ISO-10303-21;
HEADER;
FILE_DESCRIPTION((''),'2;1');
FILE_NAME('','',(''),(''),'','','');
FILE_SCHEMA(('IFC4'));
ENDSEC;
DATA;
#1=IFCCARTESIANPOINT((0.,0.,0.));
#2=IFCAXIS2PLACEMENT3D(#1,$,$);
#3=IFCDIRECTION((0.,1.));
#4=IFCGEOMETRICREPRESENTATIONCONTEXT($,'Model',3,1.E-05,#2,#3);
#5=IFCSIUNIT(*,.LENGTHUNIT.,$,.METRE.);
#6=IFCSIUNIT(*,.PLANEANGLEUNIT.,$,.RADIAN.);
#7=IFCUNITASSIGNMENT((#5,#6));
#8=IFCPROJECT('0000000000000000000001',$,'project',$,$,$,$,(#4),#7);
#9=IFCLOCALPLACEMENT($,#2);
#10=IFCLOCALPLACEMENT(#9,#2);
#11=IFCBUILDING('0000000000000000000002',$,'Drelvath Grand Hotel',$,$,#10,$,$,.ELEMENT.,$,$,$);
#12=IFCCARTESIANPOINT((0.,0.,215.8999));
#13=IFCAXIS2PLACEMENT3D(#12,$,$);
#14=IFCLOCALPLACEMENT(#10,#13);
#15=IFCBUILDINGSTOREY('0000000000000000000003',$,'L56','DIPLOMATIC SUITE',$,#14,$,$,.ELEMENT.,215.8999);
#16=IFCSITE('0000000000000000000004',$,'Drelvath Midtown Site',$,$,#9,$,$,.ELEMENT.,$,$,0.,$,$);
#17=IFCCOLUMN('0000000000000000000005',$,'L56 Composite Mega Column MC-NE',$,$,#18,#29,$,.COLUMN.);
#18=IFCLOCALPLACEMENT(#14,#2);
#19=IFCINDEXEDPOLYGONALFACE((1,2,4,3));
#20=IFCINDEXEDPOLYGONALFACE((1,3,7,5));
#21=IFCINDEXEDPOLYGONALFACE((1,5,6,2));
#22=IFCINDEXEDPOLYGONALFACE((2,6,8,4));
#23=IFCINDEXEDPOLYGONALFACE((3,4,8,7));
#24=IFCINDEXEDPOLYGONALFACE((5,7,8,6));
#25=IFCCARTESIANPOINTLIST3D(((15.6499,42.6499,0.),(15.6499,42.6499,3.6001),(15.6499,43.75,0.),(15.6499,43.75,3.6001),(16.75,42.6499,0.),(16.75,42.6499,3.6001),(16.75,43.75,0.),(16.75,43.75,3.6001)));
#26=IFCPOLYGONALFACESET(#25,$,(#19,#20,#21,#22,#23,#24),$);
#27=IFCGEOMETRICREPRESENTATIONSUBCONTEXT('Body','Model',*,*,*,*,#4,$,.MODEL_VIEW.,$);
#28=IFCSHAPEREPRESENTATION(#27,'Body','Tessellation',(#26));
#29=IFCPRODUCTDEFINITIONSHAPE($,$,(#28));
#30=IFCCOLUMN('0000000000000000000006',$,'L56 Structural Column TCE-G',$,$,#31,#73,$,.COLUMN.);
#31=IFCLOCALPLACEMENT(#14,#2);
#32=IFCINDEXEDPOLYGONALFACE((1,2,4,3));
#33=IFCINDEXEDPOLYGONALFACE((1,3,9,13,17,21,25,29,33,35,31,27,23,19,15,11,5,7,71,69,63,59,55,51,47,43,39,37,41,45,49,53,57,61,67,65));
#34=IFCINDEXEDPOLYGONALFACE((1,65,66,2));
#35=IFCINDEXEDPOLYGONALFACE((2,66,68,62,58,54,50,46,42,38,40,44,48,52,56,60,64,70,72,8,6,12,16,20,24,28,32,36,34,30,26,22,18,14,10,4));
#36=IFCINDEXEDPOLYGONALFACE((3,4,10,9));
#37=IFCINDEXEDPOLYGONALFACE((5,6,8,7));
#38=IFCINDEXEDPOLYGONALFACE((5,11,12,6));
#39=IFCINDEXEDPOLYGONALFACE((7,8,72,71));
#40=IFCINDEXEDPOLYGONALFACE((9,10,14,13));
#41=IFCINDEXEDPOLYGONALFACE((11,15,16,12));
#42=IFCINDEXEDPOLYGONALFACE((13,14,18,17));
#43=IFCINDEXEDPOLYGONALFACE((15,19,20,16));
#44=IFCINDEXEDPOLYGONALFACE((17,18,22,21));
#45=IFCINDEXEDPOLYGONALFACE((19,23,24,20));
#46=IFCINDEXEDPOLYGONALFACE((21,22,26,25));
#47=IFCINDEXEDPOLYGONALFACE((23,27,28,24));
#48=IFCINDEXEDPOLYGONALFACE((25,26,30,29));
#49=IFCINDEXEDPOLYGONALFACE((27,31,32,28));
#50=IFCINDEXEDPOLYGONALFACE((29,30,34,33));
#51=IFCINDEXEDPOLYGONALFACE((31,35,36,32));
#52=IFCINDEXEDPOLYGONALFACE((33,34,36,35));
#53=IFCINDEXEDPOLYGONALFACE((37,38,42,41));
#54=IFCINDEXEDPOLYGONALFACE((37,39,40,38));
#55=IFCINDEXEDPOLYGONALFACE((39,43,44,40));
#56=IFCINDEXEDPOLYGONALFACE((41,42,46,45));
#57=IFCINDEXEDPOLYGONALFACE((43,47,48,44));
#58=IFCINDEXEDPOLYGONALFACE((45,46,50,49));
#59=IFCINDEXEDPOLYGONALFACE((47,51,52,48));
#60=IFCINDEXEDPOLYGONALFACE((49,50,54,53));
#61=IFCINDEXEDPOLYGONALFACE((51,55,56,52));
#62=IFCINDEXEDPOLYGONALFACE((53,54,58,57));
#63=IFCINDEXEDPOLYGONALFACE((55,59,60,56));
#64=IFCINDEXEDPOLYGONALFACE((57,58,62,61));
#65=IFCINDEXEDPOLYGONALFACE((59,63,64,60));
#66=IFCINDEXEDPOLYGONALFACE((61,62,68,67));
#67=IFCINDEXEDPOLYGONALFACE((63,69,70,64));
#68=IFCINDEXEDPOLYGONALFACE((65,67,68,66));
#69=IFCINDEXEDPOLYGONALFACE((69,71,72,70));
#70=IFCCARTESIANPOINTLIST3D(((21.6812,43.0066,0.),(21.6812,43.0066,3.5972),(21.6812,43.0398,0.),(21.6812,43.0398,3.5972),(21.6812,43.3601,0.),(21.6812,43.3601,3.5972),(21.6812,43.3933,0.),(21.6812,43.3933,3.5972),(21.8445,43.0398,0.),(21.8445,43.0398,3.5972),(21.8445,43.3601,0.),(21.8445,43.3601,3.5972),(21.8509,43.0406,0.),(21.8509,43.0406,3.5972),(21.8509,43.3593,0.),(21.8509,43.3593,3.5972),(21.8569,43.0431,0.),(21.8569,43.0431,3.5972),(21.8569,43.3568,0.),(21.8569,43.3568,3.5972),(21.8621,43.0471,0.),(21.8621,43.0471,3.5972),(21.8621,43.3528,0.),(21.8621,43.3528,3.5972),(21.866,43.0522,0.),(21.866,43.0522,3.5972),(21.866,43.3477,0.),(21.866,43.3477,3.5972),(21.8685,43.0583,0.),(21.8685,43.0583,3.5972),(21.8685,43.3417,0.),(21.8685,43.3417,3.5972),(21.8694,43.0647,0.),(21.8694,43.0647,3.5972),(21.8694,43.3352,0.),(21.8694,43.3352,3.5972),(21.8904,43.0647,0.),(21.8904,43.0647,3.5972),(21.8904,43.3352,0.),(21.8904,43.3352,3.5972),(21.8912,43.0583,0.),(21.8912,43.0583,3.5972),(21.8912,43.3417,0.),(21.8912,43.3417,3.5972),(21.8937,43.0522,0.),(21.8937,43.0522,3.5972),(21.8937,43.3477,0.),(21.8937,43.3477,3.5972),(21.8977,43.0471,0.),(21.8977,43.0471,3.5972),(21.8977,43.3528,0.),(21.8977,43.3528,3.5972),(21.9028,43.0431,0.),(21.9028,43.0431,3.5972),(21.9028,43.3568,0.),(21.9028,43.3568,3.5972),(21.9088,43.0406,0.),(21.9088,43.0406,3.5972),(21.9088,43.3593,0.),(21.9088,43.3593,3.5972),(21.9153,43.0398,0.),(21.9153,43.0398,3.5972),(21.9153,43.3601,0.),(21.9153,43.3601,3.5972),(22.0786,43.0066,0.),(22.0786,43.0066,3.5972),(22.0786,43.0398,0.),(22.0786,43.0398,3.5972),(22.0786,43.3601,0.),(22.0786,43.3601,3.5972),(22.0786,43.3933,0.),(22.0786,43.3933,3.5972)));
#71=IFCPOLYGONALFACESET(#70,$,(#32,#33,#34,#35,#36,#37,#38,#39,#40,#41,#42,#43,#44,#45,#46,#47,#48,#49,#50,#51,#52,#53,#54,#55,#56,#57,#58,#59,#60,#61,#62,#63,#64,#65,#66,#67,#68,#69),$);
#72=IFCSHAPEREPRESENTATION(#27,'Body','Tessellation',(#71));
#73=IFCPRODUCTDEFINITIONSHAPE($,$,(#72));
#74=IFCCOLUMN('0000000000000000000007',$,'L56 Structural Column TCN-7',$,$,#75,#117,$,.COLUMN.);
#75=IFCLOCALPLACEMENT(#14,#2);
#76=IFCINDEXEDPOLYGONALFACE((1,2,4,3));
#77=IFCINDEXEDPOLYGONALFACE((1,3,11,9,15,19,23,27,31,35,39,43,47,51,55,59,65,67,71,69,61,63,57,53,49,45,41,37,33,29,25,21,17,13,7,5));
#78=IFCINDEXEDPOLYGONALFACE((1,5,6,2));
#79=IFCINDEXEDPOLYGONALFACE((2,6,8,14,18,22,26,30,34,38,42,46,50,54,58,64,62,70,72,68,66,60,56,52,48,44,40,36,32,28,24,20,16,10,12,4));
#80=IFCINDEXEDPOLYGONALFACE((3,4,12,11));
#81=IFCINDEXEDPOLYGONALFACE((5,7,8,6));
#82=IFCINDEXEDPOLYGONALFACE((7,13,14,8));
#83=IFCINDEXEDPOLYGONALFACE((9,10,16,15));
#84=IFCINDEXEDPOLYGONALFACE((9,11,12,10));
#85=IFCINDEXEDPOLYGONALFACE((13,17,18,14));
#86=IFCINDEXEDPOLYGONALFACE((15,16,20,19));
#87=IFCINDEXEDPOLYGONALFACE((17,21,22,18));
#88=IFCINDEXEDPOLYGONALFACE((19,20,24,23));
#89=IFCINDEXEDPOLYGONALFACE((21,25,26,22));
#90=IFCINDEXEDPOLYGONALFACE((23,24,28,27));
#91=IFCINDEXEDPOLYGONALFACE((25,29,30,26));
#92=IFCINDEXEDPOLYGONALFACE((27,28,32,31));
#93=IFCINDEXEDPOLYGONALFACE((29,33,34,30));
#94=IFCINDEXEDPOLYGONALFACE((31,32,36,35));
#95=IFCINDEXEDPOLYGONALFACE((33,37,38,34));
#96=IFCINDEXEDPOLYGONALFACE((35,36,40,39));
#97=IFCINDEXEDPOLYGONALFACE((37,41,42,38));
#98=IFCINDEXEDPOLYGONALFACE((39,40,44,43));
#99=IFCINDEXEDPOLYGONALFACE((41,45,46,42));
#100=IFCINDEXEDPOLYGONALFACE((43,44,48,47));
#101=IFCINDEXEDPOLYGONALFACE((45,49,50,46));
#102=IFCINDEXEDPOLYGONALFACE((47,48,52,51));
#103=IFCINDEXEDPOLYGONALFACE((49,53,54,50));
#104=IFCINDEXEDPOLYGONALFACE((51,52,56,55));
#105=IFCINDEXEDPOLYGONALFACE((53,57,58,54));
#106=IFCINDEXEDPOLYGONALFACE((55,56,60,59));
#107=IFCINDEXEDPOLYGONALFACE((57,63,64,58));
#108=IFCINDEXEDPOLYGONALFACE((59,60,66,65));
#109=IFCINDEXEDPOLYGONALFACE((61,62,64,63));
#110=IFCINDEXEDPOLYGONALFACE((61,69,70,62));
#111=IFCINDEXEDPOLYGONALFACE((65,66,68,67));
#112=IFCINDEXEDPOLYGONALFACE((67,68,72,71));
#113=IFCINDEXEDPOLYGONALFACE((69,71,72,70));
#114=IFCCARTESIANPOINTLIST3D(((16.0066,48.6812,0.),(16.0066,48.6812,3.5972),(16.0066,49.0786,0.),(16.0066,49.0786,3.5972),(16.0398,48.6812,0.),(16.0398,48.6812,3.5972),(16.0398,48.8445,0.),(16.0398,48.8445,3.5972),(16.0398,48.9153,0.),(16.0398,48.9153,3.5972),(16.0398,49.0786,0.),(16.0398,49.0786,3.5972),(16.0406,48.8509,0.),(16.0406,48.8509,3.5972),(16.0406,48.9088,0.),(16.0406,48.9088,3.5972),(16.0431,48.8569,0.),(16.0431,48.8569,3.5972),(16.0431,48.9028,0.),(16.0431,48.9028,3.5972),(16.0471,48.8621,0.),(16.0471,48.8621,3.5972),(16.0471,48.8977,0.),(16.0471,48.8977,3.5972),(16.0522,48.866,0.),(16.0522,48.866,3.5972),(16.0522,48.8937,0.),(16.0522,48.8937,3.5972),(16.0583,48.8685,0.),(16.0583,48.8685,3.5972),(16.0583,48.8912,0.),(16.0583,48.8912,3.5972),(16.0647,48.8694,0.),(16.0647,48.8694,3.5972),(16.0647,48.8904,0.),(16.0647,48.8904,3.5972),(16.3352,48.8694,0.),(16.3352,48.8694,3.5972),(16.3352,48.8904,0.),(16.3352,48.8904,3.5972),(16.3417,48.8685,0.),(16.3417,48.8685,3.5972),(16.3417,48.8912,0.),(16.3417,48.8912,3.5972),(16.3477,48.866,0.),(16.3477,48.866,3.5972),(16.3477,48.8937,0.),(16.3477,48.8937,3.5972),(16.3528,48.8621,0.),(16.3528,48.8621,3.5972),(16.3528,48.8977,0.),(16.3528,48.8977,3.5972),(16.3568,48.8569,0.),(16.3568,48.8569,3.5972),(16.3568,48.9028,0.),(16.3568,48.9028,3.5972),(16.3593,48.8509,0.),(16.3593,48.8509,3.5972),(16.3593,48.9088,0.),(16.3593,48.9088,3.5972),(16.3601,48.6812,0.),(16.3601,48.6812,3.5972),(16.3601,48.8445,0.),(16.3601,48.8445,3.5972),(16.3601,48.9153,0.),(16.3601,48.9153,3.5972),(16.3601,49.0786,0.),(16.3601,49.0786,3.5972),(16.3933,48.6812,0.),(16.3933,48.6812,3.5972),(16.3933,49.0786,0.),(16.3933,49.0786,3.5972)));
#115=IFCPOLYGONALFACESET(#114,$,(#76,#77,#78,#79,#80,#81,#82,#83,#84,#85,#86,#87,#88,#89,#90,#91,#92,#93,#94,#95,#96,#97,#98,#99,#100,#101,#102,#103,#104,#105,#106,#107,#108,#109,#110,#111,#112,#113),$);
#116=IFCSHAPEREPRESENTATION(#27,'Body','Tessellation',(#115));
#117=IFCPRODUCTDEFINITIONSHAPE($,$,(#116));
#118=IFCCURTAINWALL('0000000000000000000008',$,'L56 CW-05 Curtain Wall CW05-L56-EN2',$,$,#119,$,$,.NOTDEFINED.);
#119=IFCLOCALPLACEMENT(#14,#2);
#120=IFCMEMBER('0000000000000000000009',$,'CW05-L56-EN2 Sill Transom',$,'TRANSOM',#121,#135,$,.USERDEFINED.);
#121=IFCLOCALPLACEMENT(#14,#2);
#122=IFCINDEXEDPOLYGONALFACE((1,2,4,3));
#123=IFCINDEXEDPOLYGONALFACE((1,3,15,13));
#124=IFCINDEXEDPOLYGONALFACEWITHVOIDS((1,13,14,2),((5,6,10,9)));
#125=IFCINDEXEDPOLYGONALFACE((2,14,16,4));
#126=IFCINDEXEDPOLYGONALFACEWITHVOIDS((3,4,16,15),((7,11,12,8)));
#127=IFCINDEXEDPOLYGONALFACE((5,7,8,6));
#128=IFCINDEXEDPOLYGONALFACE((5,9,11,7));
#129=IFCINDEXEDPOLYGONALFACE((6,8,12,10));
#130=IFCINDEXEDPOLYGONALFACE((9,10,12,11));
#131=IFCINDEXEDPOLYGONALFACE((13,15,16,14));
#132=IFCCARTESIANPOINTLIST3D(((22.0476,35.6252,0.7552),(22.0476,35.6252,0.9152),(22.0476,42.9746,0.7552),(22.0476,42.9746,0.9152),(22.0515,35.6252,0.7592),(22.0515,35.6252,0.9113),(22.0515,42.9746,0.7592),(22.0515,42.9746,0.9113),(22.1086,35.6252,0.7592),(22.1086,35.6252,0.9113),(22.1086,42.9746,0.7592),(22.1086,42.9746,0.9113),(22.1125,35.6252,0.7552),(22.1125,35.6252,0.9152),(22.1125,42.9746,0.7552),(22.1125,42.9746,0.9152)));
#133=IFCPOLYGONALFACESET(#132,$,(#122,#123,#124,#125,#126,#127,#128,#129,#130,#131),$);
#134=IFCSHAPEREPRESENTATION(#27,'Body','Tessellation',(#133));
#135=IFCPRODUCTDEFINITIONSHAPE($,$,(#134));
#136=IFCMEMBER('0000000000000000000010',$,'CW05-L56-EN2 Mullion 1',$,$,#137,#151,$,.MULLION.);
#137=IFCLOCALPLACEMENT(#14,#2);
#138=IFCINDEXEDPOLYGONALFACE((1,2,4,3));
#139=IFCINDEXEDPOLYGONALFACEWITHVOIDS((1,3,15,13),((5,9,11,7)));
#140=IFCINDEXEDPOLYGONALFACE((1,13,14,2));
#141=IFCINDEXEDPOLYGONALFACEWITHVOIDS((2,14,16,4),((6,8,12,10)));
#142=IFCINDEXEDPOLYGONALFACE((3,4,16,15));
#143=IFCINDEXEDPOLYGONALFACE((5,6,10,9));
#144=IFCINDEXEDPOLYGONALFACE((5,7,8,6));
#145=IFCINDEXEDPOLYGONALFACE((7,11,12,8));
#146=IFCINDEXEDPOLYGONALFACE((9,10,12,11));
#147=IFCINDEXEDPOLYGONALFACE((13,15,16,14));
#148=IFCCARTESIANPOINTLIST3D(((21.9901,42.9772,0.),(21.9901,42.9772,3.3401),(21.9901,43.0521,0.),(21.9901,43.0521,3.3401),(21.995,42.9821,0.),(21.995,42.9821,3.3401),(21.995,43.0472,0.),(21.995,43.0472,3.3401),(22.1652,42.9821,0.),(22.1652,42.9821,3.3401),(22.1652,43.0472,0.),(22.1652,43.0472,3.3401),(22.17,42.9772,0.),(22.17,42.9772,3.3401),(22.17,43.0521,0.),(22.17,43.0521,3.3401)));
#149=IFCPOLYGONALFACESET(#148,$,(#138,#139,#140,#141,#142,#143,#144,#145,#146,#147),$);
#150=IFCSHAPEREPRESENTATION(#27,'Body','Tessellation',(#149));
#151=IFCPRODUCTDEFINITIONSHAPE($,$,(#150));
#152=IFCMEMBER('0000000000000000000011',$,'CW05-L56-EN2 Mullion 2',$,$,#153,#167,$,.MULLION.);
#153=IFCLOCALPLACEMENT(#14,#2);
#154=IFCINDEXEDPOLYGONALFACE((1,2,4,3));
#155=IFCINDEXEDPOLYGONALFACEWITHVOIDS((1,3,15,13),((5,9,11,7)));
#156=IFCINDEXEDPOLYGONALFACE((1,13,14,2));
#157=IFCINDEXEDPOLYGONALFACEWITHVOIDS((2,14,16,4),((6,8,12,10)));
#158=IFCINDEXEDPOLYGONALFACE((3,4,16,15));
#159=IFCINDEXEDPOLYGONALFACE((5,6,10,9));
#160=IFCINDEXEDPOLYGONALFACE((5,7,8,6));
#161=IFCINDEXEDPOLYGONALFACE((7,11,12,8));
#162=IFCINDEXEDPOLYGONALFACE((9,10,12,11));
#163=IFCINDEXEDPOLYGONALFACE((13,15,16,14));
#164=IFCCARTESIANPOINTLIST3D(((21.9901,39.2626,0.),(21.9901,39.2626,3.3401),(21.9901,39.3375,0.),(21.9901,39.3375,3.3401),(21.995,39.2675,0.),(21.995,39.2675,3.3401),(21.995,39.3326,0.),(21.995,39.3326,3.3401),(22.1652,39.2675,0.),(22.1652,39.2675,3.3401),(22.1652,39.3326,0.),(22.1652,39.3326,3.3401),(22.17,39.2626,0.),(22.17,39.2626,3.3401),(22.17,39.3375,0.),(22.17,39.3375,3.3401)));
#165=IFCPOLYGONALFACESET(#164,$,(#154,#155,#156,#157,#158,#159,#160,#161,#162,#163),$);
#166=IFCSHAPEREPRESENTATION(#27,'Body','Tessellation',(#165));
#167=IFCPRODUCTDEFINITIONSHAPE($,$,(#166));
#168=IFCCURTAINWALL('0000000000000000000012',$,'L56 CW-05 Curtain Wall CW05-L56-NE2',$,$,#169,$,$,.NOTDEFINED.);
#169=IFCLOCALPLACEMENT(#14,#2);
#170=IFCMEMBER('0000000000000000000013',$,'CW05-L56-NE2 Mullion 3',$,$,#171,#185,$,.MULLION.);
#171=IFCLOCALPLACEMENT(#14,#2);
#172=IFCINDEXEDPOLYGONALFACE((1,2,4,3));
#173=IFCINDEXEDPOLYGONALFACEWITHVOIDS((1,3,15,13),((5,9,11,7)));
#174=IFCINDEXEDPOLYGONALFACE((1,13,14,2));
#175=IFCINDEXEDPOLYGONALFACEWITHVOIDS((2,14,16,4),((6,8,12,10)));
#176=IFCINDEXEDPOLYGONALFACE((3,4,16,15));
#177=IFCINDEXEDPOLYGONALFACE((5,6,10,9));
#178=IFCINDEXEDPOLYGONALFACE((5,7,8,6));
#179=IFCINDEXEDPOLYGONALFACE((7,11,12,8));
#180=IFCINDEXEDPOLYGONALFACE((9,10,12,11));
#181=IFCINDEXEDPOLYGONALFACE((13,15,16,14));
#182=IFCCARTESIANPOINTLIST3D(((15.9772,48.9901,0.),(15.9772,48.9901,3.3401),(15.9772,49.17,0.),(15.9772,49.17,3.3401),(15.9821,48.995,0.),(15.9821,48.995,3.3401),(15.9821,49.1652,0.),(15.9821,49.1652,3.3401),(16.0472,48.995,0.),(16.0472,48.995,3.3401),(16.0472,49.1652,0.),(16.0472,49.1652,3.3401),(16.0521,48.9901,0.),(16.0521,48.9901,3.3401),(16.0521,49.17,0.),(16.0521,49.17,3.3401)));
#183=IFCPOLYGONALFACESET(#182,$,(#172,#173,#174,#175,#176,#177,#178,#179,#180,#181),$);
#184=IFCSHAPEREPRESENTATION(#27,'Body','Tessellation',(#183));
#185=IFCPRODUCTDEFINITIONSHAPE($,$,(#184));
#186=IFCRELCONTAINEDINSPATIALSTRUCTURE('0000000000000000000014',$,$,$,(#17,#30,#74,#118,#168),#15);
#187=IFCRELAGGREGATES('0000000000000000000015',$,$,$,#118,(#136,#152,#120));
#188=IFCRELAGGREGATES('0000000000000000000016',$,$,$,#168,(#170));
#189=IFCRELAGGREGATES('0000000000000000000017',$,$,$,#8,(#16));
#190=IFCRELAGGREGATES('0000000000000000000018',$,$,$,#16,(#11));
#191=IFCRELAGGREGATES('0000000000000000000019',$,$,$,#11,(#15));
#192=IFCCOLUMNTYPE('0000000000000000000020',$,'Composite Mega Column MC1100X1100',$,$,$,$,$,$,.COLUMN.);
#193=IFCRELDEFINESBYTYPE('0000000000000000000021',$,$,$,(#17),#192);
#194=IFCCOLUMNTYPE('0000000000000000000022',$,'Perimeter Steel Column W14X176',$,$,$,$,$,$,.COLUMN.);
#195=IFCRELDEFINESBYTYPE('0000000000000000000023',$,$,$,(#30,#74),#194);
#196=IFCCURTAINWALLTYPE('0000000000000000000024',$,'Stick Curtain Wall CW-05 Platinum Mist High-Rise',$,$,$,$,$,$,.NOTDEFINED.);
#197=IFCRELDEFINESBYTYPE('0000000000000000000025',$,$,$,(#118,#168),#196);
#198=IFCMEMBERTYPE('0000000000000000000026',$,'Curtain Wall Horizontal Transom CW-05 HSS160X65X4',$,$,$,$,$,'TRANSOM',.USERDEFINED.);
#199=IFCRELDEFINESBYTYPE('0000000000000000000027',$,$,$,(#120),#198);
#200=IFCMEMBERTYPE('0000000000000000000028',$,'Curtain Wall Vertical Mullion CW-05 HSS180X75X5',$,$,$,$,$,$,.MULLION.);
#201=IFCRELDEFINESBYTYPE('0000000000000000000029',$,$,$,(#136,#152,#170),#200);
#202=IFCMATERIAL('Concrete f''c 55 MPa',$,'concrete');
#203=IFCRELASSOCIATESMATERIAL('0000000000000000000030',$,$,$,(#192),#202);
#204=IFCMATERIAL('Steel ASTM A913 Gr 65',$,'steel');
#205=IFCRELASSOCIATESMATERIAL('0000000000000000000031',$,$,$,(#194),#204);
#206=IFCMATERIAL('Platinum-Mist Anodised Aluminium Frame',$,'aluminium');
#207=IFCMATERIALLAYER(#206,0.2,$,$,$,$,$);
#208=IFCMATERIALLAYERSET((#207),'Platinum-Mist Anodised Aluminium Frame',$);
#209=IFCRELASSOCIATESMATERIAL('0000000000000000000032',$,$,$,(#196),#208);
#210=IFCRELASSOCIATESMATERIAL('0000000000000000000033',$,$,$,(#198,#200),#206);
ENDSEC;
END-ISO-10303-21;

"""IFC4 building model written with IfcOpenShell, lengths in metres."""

from ifc_helpers import new_model, si_unit, direction, frame, origin, origin_2d, place, context, subcontext, project, spatial, rectangle, hollow_rectangle, i_section, extrude, material, layer, layer_set, material_profile, profile_set, type_object, element, aggregate, save


model = new_model("IFC4")

# Units and contexts
model_context = context("Model", 3, precision=1e-05, world=origin(), true_north=direction((0.0, 1.0)))
body_context = subcontext(model_context, "Body", "Model", "MODEL_VIEW")
ifc_project = project(units=[si_unit("LENGTHUNIT", "METRE"), si_unit("PLANEANGLEUNIT", "RADIAN")], contexts=[model_context])

# Site, building, storey
site_placement = place(None, origin())
site = spatial("IfcSite", under=ifc_project, at=site_placement, Name="Drelvath Midtown Site", CompositionType="ELEMENT", RefElevation=0.0)
building_placement = place(site_placement, origin())
building = spatial("IfcBuilding", under=site, at=building_placement, Name="Drelvath Grand Hotel", CompositionType="ELEMENT")
storey_placement = place(building_placement, frame((0.0, 0.0, 215.8999)))
storey = spatial("IfcBuildingStorey", under=building, at=storey_placement, Name="L56", Description="DIPLOMATIC SUITE", CompositionType="ELEMENT", Elevation=215.8999)

# Columns
ifc_material_1 = material(Name="Concrete f'c 55 MPa", Category="concrete")
ifc_material_profile_1 = material_profile(ifc_material_1, rectangle(XDim=1.1001, YDim=1.1001, at=origin_2d()), Name="MC1100X1100")
ifc_profile_set_1 = profile_set([ifc_material_profile_1], Name="Concrete f'c 55 MPa")
column_type_1 = type_object("IfcColumnType", Name="Composite Mega Column MC1100X1100", PredefinedType="COLUMN", material=ifc_profile_set_1)
column_placement = place(storey_placement, frame((16.2, 43.2, 0.0), z_axis=(0.0, 0.0, 1.0), x_axis=(1.0, 0.0, 0.0)))
element("IfcColumn", 1, at=column_placement, inside=storey, type_object=column_type_1, Name="L56 Composite Mega Column MC-NE", PredefinedType="COLUMN", context=body_context, shape_type="SweptSolid", body=[
    extrude(rectangle(XDim=1.1001, YDim=1.1001, at=origin_2d()), origin(), (0.0, 0.0, 1.0), 3.6001),
])
ifc_material_2 = material(Name="Steel ASTM A913 Gr 65", Category="steel")
ifc_material_profile_2 = material_profile(ifc_material_2, i_section(OverallWidth=0.3975, OverallDepth=0.3867, WebThickness=0.021, FlangeThickness=0.0332, FilletRadius=0.0249, at=origin_2d()), Name="W14X176")
ifc_profile_set_2 = profile_set([ifc_material_profile_2], Name="Steel ASTM A913 Gr 65")
column_type_2 = type_object("IfcColumnType", Name="Perimeter Steel Column W14X176", PredefinedType="COLUMN", material=ifc_profile_set_2)
for number, where, z_axis, x_axis, name in (
    (2, (21.8799, 43.2, 0.0), (0.0, 0.0, 1.0), (1.0, 0.0, 0.0), "L56 Structural Column TCE-G"),
    (3, (16.2, 48.8799, 0.0), (0.0, 0.0, 1.0), (0.0, 1.0, 0.0), "L56 Structural Column TCN-7"),
):
    element("IfcColumn", number, at=place(storey_placement, frame(where, z_axis=z_axis, x_axis=x_axis)), inside=storey, type_object=column_type_2, Name=name, PredefinedType="COLUMN", context=body_context, shape_type="SweptSolid", body=[
        extrude(i_section(OverallWidth=0.3975, OverallDepth=0.3867, WebThickness=0.021, FlangeThickness=0.0332, FilletRadius=0.0249, at=origin_2d()), origin(), (0.0, 0.0, 1.0), 3.5972),
    ])

# Curtain wall, members
ifc_material_3 = material(Name="Platinum-Mist Anodised Aluminium Frame", Category="aluminium")
ifc_layer_1 = layer(ifc_material_3, 0.2)
ifc_layer_set_1 = layer_set([ifc_layer_1], Name="Platinum-Mist Anodised Aluminium Frame")
curtain_wall_type = type_object("IfcCurtainWallType", Name="Stick Curtain Wall CW-05 Platinum Mist High-Rise", PredefinedType="NOTDEFINED", material=ifc_layer_set_1)
curtain_wall_1_placement = place(storey_placement, origin())
curtain_wall_1 = element("IfcCurtainWall", 4, at=curtain_wall_1_placement, inside=storey, type_object=curtain_wall_type, Name="L56 CW-05 Curtain Wall CW05-L56-EN2", PredefinedType="NOTDEFINED")
ifc_material_profile_3 = material_profile(ifc_material_3, hollow_rectangle(XDim=0.0649, YDim=0.1599, WallThickness=0.0039, at=origin_2d()), Name="HSS160X65X4")
ifc_profile_set_3 = profile_set([ifc_material_profile_3], Name="Platinum-Mist Anodised Aluminium Frame")
member_type_1 = type_object("IfcMemberType", Name="Curtain Wall Horizontal Transom CW-05 HSS160X65X4", ElementType="TRANSOM", PredefinedType="USERDEFINED", material=ifc_profile_set_3)
member_1_placement = place(storey_placement, frame((22.0801, 42.9746, 0.8352), z_axis=(0.0, -1.0, 0.0), x_axis=(1.0, 0.0, 0.0)))
member_1 = element("IfcMember", 5, at=member_1_placement, type_object=member_type_1, Name="CW05-L56-EN2 Sill Transom", ObjectType="TRANSOM", PredefinedType="USERDEFINED", context=body_context, shape_type="SweptSolid", body=[
    extrude(hollow_rectangle(XDim=0.0649, YDim=0.1599, WallThickness=0.0039, at=origin_2d()), origin(), (0.0, 0.0, 1.0), 7.3494),
])
ifc_material_profile_4 = material_profile(ifc_material_3, hollow_rectangle(XDim=0.075, YDim=0.1799, WallThickness=0.0049, at=origin_2d()), Name="HSS180X75X5")
ifc_profile_set_4 = profile_set([ifc_material_profile_4], Name="Platinum-Mist Anodised Aluminium Frame")
member_type_2 = type_object("IfcMemberType", Name="Curtain Wall Vertical Mullion CW-05 HSS180X75X5", PredefinedType="MULLION", material=ifc_profile_set_4)
member_2_placement = place(storey_placement, frame((22.0801, 43.0146, 0.0), z_axis=(0.0, 0.0, 1.0), x_axis=(0.0, 1.0, 0.0)))
member_2 = element("IfcMember", 6, at=member_2_placement, type_object=member_type_2, Name="CW05-L56-EN2 Mullion 1", PredefinedType="MULLION", context=body_context, shape_type="SweptSolid", body=[
    extrude(hollow_rectangle(XDim=0.075, YDim=0.1799, WallThickness=0.0049, at=origin_2d()), origin(), (0.0, 0.0, 1.0), 3.3401),
])
member_3_placement = place(storey_placement, frame((22.0801, 39.3, 0.0), z_axis=(0.0, 0.0, 1.0), x_axis=(0.0, 1.0, 0.0)))
member_3 = element("IfcMember", 7, at=member_3_placement, type_object=member_type_2, Name="CW05-L56-EN2 Mullion 2", PredefinedType="MULLION", context=body_context, shape_type="SweptSolid", body=[
    extrude(hollow_rectangle(XDim=0.075, YDim=0.1799, WallThickness=0.0049, at=origin_2d()), origin(), (0.0, 0.0, 1.0), 3.3401),
])

# Curtain wall, member
curtain_wall_2_placement = place(storey_placement, origin())
curtain_wall_2 = element("IfcCurtainWall", 8, at=curtain_wall_2_placement, inside=storey, type_object=curtain_wall_type, Name="L56 CW-05 Curtain Wall CW05-L56-NE2", PredefinedType="NOTDEFINED")
member_4_placement = place(storey_placement, frame((16.0146, 49.0801, 0.0), z_axis=(0.0, 0.0, 1.0), x_axis=(1.0, 0.0, 0.0)))
member_4 = element("IfcMember", 9, at=member_4_placement, type_object=member_type_2, Name="CW05-L56-NE2 Mullion 3", PredefinedType="MULLION", context=body_context, shape_type="SweptSolid", body=[
    extrude(hollow_rectangle(XDim=0.075, YDim=0.1799, WallThickness=0.0049, at=origin_2d()), origin(), (0.0, 0.0, 1.0), 3.3401),
])

aggregate(curtain_wall_1, [member_2, member_3, member_1])
aggregate(curtain_wall_2, [member_4])

save(model, "model.ifc")
